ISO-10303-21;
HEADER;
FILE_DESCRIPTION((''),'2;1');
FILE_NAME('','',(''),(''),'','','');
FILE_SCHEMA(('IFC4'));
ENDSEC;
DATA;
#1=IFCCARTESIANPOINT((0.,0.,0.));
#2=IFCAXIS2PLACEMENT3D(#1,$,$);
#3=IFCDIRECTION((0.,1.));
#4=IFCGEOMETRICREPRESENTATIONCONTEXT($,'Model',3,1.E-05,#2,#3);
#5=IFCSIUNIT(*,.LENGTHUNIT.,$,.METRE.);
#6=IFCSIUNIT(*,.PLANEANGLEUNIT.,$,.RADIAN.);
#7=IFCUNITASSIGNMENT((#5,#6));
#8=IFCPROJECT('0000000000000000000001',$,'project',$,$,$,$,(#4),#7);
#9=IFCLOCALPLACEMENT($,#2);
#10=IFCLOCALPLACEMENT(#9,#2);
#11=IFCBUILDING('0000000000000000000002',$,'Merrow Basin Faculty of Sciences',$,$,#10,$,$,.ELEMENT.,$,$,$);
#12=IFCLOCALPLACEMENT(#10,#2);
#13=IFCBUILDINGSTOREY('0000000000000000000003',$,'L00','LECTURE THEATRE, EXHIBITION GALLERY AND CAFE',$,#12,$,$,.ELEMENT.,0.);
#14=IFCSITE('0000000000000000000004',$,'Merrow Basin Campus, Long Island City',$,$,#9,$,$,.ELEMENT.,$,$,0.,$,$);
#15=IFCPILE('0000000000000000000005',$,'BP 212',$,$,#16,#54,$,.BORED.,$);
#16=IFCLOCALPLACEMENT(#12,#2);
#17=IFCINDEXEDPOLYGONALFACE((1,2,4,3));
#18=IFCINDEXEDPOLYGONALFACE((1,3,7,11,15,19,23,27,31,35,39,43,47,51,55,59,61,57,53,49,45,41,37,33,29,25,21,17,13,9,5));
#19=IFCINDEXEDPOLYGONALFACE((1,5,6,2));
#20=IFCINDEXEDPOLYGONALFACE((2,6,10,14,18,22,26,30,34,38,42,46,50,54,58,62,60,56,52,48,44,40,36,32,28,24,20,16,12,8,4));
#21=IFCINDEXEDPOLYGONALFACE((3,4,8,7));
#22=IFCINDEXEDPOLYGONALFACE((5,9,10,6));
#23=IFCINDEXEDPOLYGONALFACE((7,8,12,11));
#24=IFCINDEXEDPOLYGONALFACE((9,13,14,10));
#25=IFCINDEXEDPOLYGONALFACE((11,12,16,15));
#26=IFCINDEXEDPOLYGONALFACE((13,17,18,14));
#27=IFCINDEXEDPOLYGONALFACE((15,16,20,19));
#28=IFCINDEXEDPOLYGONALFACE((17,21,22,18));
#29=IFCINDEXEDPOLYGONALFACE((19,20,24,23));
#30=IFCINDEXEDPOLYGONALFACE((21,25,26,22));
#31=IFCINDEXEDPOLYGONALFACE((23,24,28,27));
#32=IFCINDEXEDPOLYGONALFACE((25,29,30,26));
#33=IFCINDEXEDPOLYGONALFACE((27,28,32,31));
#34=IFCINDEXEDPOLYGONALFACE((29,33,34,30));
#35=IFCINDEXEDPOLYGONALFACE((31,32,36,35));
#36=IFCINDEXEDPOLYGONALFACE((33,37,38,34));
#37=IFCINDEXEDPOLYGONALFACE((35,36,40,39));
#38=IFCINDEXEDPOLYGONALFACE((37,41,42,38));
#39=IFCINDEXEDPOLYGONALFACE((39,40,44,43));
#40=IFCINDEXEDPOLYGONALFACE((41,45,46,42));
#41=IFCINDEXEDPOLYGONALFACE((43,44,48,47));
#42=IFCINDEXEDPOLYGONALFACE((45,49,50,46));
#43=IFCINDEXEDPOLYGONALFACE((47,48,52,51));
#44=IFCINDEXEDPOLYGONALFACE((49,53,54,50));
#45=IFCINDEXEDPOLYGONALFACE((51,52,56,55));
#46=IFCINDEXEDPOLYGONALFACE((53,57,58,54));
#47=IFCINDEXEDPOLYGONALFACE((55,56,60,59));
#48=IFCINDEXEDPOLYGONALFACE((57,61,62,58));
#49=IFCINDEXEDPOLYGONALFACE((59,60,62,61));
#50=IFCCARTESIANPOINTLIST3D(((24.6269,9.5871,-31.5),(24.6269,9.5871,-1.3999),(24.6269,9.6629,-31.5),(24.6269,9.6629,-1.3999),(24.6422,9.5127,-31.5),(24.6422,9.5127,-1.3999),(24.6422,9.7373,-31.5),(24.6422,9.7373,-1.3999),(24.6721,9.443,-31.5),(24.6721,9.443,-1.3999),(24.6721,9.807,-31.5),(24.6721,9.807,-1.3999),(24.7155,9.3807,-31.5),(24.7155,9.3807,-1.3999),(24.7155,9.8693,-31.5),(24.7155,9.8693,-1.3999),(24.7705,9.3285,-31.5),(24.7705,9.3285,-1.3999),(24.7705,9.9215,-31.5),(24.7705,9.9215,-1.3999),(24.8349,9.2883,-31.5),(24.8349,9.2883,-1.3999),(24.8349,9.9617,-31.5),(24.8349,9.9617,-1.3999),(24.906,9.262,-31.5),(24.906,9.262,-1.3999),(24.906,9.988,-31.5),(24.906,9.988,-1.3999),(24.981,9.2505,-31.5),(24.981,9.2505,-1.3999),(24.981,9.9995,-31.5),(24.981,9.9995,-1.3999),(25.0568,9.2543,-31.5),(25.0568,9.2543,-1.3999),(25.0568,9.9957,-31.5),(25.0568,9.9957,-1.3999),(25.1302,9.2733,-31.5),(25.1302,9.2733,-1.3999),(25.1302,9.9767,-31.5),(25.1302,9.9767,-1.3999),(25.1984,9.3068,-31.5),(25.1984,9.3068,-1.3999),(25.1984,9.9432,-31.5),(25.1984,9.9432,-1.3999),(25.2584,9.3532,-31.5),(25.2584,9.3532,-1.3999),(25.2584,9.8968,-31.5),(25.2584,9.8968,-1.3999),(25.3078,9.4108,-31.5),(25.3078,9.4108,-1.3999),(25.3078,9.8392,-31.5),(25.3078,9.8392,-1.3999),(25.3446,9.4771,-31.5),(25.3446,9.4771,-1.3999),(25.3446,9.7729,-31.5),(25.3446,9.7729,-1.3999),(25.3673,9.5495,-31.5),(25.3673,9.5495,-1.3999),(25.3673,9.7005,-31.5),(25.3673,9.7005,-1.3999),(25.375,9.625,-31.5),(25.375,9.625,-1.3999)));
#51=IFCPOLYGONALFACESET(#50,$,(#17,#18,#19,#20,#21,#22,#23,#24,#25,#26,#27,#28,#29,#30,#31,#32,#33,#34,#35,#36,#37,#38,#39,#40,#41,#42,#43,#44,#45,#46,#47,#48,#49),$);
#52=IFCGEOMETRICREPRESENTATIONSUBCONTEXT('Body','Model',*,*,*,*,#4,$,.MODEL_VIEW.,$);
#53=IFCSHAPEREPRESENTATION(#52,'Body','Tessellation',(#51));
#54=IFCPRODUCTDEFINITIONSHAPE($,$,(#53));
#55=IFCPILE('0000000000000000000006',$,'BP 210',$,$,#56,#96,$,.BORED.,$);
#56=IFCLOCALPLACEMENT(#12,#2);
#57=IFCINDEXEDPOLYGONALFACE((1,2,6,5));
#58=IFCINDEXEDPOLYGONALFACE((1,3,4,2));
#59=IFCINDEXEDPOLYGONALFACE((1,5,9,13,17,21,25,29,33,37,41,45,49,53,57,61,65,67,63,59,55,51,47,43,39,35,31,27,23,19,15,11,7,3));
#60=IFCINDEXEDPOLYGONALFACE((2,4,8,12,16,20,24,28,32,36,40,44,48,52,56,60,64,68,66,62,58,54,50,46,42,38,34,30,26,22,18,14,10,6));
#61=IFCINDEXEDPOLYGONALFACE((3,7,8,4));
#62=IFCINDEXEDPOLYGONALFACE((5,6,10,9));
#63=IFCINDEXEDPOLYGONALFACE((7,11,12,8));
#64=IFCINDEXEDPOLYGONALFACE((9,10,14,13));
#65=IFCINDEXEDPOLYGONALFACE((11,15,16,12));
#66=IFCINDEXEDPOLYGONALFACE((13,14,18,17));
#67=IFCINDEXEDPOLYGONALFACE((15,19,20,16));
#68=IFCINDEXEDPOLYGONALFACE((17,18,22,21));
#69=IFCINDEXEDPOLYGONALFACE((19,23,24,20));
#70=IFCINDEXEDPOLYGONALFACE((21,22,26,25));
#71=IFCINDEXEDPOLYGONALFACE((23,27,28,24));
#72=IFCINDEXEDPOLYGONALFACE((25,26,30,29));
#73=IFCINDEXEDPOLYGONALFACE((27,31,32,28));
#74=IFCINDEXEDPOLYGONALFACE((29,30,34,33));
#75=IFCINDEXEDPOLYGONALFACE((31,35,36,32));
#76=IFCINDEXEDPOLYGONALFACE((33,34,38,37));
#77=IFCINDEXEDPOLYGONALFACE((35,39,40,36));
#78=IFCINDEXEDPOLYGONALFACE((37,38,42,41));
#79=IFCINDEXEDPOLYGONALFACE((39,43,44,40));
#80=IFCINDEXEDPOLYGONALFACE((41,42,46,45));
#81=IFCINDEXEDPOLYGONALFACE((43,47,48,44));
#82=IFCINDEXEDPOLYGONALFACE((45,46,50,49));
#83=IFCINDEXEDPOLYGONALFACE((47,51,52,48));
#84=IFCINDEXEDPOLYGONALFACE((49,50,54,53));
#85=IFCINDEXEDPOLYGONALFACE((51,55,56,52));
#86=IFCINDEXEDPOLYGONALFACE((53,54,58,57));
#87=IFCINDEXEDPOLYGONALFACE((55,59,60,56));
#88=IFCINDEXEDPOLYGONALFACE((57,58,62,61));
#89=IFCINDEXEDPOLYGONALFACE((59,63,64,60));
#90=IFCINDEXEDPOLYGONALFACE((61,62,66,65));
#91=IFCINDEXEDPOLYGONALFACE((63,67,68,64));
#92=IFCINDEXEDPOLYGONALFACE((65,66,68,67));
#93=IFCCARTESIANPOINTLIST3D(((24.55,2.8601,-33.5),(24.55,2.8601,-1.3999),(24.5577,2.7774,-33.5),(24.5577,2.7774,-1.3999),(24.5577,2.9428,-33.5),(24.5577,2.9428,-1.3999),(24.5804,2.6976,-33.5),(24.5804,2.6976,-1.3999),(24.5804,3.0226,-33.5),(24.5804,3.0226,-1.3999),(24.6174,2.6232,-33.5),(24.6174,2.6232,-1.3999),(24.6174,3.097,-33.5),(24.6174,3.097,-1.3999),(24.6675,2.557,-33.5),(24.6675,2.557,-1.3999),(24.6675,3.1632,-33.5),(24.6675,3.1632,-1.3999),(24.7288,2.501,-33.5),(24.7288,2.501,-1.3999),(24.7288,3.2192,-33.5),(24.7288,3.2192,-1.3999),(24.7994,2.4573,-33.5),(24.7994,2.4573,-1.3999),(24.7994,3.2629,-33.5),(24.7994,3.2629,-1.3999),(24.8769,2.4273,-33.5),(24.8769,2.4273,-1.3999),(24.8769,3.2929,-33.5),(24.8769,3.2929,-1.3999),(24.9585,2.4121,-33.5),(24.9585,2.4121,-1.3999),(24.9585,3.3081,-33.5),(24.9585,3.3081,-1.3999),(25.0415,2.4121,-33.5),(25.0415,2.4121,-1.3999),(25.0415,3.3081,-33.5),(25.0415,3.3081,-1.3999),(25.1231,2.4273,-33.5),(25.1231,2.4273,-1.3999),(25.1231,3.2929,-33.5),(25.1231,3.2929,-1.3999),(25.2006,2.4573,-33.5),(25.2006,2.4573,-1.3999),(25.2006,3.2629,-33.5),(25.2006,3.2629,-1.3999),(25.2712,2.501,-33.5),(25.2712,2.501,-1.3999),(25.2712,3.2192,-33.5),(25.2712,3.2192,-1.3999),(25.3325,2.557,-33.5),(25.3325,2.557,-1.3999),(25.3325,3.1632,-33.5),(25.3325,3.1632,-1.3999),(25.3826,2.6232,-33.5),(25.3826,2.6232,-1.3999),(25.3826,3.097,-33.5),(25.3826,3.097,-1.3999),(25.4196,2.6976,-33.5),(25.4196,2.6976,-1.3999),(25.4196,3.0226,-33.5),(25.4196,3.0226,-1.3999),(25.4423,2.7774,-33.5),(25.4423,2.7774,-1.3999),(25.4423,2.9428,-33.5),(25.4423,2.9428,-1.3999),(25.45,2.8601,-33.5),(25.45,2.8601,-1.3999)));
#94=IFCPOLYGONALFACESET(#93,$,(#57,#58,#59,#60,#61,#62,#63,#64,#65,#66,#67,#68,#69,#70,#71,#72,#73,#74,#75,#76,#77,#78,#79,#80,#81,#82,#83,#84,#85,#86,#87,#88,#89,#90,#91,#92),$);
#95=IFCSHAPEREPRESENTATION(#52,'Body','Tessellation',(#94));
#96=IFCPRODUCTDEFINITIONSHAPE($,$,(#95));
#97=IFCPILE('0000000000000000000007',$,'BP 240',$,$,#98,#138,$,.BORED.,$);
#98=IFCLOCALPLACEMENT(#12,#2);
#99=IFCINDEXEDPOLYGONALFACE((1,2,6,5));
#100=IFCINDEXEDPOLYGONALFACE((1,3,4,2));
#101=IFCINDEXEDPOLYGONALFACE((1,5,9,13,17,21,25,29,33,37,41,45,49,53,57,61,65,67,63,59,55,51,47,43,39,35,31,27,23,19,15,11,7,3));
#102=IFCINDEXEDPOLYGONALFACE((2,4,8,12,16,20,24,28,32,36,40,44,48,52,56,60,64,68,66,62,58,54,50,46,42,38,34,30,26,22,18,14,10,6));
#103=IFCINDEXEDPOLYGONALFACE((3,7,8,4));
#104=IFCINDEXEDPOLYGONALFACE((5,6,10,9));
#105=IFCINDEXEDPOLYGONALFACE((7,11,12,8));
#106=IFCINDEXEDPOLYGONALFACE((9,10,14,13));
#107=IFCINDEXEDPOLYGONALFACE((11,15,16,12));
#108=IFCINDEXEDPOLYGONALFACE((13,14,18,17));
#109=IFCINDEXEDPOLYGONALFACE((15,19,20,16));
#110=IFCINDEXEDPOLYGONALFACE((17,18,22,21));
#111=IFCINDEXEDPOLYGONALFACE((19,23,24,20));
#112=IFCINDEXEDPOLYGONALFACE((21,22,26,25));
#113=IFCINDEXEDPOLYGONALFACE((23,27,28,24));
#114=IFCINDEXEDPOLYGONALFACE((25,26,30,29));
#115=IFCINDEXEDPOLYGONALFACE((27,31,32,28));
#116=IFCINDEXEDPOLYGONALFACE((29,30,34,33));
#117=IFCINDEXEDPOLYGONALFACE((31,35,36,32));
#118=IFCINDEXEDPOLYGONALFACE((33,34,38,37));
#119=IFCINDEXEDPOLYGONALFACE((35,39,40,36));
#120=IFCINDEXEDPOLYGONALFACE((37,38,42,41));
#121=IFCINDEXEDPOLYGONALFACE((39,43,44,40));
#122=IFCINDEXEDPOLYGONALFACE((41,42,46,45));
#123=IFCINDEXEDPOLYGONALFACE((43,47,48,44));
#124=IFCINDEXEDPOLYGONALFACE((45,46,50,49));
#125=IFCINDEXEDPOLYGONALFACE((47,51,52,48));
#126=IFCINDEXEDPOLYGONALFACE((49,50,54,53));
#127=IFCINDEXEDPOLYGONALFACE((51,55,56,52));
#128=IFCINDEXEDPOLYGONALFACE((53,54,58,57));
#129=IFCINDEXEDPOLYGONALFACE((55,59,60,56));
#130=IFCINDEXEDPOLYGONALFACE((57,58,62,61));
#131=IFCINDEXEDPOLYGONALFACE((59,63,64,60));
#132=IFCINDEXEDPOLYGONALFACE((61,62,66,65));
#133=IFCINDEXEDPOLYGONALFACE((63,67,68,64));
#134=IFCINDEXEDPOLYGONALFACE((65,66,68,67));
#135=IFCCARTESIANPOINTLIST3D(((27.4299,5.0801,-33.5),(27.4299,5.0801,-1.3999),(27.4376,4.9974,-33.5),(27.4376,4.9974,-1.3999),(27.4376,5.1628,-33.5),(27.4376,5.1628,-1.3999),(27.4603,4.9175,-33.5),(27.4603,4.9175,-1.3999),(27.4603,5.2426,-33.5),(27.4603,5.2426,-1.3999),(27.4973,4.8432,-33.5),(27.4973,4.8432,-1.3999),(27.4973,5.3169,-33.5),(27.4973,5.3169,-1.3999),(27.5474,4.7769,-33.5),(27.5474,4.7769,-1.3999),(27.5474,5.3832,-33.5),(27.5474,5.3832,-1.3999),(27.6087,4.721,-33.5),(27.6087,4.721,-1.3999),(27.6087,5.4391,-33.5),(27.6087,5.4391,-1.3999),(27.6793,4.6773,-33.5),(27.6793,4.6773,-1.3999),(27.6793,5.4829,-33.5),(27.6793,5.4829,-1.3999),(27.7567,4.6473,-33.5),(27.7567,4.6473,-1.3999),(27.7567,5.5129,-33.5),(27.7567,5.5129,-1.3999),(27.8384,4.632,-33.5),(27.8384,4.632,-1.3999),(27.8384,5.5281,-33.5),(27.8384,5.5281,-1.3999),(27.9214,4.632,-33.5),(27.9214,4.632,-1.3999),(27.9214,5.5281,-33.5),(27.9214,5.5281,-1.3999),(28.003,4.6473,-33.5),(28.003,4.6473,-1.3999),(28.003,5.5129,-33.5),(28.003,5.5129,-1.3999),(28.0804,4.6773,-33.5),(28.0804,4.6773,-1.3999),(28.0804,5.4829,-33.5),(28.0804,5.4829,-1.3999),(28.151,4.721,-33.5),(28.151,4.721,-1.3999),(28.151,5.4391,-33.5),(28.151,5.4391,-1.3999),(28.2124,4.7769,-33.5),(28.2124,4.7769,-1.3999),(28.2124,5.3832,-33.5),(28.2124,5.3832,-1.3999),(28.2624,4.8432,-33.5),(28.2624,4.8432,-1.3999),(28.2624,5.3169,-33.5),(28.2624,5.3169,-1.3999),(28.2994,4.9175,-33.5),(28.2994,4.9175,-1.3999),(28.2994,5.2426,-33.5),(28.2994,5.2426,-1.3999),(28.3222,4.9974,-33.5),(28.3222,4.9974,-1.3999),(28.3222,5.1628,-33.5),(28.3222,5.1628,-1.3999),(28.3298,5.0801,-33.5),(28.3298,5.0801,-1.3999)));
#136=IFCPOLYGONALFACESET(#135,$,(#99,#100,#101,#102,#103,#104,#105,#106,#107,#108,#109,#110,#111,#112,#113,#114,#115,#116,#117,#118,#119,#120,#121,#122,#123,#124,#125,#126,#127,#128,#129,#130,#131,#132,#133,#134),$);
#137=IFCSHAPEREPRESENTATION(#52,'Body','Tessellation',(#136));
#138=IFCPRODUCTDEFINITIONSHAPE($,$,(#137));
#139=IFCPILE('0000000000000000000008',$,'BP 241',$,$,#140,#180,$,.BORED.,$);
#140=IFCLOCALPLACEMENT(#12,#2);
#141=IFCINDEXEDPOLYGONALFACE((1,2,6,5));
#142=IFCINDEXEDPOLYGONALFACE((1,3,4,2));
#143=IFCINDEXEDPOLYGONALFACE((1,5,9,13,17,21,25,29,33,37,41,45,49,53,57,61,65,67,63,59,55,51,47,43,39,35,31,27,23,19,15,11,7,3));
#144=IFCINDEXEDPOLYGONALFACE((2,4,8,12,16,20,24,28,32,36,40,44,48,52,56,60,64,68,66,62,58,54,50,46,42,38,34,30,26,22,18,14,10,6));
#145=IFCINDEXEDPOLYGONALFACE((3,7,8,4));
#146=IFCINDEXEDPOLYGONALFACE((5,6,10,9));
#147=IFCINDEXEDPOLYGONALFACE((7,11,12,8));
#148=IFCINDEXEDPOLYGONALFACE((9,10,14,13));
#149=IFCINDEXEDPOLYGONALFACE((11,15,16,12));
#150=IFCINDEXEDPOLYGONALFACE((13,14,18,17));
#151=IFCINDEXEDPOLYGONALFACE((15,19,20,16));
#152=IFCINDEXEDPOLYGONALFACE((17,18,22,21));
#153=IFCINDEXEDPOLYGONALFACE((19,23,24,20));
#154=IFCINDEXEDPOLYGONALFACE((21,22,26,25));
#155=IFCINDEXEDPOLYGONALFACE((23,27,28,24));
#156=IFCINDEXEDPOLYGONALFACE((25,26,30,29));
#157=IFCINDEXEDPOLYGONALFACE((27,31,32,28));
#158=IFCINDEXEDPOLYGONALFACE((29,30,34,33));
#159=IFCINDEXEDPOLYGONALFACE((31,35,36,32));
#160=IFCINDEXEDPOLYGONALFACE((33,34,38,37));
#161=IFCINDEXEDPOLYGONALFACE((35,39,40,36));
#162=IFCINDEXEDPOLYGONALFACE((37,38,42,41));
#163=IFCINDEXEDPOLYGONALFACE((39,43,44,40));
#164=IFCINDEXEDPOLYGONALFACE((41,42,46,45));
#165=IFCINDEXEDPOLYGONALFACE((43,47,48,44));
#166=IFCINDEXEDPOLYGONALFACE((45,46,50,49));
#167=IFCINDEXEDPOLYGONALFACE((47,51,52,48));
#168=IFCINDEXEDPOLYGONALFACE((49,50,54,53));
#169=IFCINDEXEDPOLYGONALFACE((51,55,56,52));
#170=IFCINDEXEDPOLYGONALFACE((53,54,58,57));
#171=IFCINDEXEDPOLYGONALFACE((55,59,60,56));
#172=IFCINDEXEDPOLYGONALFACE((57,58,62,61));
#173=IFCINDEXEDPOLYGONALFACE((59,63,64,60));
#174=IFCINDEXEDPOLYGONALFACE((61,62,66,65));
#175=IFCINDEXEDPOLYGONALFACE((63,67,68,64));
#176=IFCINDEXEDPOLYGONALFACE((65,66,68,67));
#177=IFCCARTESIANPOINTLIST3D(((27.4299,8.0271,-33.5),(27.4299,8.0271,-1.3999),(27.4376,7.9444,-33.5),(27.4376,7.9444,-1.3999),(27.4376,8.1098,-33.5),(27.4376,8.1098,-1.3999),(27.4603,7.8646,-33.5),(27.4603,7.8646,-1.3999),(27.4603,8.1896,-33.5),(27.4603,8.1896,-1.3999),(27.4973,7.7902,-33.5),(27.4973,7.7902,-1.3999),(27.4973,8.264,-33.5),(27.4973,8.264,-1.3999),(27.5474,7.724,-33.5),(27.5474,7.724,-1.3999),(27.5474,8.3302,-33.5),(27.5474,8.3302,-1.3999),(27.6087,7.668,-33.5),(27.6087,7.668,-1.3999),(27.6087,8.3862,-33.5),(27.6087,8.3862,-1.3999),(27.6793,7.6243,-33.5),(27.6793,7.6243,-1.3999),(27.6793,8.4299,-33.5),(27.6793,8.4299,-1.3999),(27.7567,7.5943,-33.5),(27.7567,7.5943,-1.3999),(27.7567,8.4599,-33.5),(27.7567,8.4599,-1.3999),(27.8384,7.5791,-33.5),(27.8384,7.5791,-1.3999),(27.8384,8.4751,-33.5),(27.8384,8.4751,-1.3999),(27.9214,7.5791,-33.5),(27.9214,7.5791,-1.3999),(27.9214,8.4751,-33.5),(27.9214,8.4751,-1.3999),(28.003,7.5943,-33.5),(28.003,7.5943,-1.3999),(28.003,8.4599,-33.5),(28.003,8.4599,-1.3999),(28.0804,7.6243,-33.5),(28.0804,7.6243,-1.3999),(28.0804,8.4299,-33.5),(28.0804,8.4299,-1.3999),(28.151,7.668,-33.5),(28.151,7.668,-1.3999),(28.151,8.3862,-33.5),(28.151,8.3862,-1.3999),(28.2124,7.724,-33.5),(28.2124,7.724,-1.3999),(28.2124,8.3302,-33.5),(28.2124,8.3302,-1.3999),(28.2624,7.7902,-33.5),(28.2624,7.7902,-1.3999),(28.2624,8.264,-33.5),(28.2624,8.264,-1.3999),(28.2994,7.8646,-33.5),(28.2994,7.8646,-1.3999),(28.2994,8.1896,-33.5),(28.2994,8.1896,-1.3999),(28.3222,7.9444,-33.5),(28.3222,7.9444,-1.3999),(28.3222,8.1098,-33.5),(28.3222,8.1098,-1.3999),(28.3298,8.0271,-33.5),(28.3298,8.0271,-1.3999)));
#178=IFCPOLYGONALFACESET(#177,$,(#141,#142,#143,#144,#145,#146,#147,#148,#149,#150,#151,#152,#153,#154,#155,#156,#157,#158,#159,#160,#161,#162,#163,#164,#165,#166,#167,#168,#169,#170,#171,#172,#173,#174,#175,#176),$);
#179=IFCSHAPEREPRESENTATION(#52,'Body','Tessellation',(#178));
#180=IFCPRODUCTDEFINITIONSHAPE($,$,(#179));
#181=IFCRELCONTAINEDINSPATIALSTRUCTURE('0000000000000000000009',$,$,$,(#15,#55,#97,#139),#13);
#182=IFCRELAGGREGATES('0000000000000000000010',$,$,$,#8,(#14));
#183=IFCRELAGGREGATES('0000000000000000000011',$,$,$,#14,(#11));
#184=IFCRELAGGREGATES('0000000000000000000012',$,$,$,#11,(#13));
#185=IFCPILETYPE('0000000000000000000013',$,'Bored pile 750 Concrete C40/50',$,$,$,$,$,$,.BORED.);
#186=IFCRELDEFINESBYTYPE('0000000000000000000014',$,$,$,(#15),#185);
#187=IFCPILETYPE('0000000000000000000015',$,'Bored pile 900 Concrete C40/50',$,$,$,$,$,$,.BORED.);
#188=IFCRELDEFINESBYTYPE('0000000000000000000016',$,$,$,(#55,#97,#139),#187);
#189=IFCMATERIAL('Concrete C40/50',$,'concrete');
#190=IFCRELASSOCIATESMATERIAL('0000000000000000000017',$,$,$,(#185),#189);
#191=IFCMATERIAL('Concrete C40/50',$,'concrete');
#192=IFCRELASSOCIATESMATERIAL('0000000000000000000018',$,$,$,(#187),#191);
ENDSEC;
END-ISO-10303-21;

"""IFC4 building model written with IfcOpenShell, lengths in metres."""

from ifc_helpers import new_model, si_unit, direction, frame, origin, origin_2d, place, context, subcontext, project, spatial, circle, extrude, material, material_profile, profile_set, type_object, element, save


model = new_model("IFC4")

# Units and contexts
model_context = context("Model", 3, precision=1e-05, world=origin(), true_north=direction((0.0, 1.0)))
body_context = subcontext(model_context, "Body", "Model", "MODEL_VIEW")
ifc_project = project(units=[si_unit("LENGTHUNIT", "METRE"), si_unit("PLANEANGLEUNIT", "RADIAN")], contexts=[model_context])

# Site, building, storey
site_placement = place(None, origin())
site = spatial("IfcSite", under=ifc_project, at=site_placement, Name="Merrow Basin Campus, Long Island City", CompositionType="ELEMENT", RefElevation=0.0)
building_placement = place(site_placement, origin())
building = spatial("IfcBuilding", under=site, at=building_placement, Name="Merrow Basin Faculty of Sciences", CompositionType="ELEMENT")
storey_placement = place(building_placement, origin())
storey = spatial("IfcBuildingStorey", under=building, at=storey_placement, Name="L00", Description="LECTURE THEATRE, EXHIBITION GALLERY AND CAFE", CompositionType="ELEMENT", Elevation=0.0)

# Piles
ifc_material_1 = material(Name="Concrete C40/50", Category="concrete")
ifc_material_profile_1 = material_profile(ifc_material_1, circle(Radius=0.375, at=origin_2d()))
ifc_profile_set_1 = profile_set([ifc_material_profile_1], Name="Concrete C40/50")
pile_type_1 = type_object("IfcPileType", Name="Bored pile 750 Concrete C40/50", PredefinedType="BORED", material=ifc_profile_set_1)
for number, where, z_axis, x_axis, name in (
    (1, (25.0, 9.625, -1.3999), (0.0, 0.0, -1.0), (1.0, 0.0, 0.0), "BP 212"),
):
    element("IfcPile", number, at=place(storey_placement, frame(where, z_axis=z_axis, x_axis=x_axis)), inside=storey, type_object=pile_type_1, Name=name, PredefinedType="BORED", context=body_context, shape_type="SweptSolid", body=[
        extrude(circle(Radius=0.375, at=origin_2d()), origin(), (0.0, 0.0, 1.0), 30.1001),
    ])
ifc_material_2 = material(Name="Concrete C40/50", Category="concrete")
ifc_material_profile_2 = material_profile(ifc_material_2, circle(Radius=0.45, at=origin_2d()))
ifc_profile_set_2 = profile_set([ifc_material_profile_2], Name="Concrete C40/50")
pile_type_2 = type_object("IfcPileType", Name="Bored pile 900 Concrete C40/50", PredefinedType="BORED", material=ifc_profile_set_2)
for number, where, z_axis, x_axis, name in (
    (2, (25.0, 2.8601, -1.3999), (0.0, 0.0, -1.0), (1.0, 0.0, 0.0), "BP 210"),
    (3, (27.8799, 5.0801, -1.3999), (0.0, 0.0, -1.0), (1.0, 0.0, 0.0), "BP 240"),
    (4, (27.8799, 8.0271, -1.3999), (0.0, 0.0, -1.0), (1.0, 0.0, 0.0), "BP 241"),
):
    element("IfcPile", number, at=place(storey_placement, frame(where, z_axis=z_axis, x_axis=x_axis)), inside=storey, type_object=pile_type_2, Name=name, PredefinedType="BORED", context=body_context, shape_type="SweptSolid", body=[
        extrude(circle(Radius=0.45, at=origin_2d()), origin(), (0.0, 0.0, 1.0), 32.1001),
    ])

save(model, "model.ifc")
